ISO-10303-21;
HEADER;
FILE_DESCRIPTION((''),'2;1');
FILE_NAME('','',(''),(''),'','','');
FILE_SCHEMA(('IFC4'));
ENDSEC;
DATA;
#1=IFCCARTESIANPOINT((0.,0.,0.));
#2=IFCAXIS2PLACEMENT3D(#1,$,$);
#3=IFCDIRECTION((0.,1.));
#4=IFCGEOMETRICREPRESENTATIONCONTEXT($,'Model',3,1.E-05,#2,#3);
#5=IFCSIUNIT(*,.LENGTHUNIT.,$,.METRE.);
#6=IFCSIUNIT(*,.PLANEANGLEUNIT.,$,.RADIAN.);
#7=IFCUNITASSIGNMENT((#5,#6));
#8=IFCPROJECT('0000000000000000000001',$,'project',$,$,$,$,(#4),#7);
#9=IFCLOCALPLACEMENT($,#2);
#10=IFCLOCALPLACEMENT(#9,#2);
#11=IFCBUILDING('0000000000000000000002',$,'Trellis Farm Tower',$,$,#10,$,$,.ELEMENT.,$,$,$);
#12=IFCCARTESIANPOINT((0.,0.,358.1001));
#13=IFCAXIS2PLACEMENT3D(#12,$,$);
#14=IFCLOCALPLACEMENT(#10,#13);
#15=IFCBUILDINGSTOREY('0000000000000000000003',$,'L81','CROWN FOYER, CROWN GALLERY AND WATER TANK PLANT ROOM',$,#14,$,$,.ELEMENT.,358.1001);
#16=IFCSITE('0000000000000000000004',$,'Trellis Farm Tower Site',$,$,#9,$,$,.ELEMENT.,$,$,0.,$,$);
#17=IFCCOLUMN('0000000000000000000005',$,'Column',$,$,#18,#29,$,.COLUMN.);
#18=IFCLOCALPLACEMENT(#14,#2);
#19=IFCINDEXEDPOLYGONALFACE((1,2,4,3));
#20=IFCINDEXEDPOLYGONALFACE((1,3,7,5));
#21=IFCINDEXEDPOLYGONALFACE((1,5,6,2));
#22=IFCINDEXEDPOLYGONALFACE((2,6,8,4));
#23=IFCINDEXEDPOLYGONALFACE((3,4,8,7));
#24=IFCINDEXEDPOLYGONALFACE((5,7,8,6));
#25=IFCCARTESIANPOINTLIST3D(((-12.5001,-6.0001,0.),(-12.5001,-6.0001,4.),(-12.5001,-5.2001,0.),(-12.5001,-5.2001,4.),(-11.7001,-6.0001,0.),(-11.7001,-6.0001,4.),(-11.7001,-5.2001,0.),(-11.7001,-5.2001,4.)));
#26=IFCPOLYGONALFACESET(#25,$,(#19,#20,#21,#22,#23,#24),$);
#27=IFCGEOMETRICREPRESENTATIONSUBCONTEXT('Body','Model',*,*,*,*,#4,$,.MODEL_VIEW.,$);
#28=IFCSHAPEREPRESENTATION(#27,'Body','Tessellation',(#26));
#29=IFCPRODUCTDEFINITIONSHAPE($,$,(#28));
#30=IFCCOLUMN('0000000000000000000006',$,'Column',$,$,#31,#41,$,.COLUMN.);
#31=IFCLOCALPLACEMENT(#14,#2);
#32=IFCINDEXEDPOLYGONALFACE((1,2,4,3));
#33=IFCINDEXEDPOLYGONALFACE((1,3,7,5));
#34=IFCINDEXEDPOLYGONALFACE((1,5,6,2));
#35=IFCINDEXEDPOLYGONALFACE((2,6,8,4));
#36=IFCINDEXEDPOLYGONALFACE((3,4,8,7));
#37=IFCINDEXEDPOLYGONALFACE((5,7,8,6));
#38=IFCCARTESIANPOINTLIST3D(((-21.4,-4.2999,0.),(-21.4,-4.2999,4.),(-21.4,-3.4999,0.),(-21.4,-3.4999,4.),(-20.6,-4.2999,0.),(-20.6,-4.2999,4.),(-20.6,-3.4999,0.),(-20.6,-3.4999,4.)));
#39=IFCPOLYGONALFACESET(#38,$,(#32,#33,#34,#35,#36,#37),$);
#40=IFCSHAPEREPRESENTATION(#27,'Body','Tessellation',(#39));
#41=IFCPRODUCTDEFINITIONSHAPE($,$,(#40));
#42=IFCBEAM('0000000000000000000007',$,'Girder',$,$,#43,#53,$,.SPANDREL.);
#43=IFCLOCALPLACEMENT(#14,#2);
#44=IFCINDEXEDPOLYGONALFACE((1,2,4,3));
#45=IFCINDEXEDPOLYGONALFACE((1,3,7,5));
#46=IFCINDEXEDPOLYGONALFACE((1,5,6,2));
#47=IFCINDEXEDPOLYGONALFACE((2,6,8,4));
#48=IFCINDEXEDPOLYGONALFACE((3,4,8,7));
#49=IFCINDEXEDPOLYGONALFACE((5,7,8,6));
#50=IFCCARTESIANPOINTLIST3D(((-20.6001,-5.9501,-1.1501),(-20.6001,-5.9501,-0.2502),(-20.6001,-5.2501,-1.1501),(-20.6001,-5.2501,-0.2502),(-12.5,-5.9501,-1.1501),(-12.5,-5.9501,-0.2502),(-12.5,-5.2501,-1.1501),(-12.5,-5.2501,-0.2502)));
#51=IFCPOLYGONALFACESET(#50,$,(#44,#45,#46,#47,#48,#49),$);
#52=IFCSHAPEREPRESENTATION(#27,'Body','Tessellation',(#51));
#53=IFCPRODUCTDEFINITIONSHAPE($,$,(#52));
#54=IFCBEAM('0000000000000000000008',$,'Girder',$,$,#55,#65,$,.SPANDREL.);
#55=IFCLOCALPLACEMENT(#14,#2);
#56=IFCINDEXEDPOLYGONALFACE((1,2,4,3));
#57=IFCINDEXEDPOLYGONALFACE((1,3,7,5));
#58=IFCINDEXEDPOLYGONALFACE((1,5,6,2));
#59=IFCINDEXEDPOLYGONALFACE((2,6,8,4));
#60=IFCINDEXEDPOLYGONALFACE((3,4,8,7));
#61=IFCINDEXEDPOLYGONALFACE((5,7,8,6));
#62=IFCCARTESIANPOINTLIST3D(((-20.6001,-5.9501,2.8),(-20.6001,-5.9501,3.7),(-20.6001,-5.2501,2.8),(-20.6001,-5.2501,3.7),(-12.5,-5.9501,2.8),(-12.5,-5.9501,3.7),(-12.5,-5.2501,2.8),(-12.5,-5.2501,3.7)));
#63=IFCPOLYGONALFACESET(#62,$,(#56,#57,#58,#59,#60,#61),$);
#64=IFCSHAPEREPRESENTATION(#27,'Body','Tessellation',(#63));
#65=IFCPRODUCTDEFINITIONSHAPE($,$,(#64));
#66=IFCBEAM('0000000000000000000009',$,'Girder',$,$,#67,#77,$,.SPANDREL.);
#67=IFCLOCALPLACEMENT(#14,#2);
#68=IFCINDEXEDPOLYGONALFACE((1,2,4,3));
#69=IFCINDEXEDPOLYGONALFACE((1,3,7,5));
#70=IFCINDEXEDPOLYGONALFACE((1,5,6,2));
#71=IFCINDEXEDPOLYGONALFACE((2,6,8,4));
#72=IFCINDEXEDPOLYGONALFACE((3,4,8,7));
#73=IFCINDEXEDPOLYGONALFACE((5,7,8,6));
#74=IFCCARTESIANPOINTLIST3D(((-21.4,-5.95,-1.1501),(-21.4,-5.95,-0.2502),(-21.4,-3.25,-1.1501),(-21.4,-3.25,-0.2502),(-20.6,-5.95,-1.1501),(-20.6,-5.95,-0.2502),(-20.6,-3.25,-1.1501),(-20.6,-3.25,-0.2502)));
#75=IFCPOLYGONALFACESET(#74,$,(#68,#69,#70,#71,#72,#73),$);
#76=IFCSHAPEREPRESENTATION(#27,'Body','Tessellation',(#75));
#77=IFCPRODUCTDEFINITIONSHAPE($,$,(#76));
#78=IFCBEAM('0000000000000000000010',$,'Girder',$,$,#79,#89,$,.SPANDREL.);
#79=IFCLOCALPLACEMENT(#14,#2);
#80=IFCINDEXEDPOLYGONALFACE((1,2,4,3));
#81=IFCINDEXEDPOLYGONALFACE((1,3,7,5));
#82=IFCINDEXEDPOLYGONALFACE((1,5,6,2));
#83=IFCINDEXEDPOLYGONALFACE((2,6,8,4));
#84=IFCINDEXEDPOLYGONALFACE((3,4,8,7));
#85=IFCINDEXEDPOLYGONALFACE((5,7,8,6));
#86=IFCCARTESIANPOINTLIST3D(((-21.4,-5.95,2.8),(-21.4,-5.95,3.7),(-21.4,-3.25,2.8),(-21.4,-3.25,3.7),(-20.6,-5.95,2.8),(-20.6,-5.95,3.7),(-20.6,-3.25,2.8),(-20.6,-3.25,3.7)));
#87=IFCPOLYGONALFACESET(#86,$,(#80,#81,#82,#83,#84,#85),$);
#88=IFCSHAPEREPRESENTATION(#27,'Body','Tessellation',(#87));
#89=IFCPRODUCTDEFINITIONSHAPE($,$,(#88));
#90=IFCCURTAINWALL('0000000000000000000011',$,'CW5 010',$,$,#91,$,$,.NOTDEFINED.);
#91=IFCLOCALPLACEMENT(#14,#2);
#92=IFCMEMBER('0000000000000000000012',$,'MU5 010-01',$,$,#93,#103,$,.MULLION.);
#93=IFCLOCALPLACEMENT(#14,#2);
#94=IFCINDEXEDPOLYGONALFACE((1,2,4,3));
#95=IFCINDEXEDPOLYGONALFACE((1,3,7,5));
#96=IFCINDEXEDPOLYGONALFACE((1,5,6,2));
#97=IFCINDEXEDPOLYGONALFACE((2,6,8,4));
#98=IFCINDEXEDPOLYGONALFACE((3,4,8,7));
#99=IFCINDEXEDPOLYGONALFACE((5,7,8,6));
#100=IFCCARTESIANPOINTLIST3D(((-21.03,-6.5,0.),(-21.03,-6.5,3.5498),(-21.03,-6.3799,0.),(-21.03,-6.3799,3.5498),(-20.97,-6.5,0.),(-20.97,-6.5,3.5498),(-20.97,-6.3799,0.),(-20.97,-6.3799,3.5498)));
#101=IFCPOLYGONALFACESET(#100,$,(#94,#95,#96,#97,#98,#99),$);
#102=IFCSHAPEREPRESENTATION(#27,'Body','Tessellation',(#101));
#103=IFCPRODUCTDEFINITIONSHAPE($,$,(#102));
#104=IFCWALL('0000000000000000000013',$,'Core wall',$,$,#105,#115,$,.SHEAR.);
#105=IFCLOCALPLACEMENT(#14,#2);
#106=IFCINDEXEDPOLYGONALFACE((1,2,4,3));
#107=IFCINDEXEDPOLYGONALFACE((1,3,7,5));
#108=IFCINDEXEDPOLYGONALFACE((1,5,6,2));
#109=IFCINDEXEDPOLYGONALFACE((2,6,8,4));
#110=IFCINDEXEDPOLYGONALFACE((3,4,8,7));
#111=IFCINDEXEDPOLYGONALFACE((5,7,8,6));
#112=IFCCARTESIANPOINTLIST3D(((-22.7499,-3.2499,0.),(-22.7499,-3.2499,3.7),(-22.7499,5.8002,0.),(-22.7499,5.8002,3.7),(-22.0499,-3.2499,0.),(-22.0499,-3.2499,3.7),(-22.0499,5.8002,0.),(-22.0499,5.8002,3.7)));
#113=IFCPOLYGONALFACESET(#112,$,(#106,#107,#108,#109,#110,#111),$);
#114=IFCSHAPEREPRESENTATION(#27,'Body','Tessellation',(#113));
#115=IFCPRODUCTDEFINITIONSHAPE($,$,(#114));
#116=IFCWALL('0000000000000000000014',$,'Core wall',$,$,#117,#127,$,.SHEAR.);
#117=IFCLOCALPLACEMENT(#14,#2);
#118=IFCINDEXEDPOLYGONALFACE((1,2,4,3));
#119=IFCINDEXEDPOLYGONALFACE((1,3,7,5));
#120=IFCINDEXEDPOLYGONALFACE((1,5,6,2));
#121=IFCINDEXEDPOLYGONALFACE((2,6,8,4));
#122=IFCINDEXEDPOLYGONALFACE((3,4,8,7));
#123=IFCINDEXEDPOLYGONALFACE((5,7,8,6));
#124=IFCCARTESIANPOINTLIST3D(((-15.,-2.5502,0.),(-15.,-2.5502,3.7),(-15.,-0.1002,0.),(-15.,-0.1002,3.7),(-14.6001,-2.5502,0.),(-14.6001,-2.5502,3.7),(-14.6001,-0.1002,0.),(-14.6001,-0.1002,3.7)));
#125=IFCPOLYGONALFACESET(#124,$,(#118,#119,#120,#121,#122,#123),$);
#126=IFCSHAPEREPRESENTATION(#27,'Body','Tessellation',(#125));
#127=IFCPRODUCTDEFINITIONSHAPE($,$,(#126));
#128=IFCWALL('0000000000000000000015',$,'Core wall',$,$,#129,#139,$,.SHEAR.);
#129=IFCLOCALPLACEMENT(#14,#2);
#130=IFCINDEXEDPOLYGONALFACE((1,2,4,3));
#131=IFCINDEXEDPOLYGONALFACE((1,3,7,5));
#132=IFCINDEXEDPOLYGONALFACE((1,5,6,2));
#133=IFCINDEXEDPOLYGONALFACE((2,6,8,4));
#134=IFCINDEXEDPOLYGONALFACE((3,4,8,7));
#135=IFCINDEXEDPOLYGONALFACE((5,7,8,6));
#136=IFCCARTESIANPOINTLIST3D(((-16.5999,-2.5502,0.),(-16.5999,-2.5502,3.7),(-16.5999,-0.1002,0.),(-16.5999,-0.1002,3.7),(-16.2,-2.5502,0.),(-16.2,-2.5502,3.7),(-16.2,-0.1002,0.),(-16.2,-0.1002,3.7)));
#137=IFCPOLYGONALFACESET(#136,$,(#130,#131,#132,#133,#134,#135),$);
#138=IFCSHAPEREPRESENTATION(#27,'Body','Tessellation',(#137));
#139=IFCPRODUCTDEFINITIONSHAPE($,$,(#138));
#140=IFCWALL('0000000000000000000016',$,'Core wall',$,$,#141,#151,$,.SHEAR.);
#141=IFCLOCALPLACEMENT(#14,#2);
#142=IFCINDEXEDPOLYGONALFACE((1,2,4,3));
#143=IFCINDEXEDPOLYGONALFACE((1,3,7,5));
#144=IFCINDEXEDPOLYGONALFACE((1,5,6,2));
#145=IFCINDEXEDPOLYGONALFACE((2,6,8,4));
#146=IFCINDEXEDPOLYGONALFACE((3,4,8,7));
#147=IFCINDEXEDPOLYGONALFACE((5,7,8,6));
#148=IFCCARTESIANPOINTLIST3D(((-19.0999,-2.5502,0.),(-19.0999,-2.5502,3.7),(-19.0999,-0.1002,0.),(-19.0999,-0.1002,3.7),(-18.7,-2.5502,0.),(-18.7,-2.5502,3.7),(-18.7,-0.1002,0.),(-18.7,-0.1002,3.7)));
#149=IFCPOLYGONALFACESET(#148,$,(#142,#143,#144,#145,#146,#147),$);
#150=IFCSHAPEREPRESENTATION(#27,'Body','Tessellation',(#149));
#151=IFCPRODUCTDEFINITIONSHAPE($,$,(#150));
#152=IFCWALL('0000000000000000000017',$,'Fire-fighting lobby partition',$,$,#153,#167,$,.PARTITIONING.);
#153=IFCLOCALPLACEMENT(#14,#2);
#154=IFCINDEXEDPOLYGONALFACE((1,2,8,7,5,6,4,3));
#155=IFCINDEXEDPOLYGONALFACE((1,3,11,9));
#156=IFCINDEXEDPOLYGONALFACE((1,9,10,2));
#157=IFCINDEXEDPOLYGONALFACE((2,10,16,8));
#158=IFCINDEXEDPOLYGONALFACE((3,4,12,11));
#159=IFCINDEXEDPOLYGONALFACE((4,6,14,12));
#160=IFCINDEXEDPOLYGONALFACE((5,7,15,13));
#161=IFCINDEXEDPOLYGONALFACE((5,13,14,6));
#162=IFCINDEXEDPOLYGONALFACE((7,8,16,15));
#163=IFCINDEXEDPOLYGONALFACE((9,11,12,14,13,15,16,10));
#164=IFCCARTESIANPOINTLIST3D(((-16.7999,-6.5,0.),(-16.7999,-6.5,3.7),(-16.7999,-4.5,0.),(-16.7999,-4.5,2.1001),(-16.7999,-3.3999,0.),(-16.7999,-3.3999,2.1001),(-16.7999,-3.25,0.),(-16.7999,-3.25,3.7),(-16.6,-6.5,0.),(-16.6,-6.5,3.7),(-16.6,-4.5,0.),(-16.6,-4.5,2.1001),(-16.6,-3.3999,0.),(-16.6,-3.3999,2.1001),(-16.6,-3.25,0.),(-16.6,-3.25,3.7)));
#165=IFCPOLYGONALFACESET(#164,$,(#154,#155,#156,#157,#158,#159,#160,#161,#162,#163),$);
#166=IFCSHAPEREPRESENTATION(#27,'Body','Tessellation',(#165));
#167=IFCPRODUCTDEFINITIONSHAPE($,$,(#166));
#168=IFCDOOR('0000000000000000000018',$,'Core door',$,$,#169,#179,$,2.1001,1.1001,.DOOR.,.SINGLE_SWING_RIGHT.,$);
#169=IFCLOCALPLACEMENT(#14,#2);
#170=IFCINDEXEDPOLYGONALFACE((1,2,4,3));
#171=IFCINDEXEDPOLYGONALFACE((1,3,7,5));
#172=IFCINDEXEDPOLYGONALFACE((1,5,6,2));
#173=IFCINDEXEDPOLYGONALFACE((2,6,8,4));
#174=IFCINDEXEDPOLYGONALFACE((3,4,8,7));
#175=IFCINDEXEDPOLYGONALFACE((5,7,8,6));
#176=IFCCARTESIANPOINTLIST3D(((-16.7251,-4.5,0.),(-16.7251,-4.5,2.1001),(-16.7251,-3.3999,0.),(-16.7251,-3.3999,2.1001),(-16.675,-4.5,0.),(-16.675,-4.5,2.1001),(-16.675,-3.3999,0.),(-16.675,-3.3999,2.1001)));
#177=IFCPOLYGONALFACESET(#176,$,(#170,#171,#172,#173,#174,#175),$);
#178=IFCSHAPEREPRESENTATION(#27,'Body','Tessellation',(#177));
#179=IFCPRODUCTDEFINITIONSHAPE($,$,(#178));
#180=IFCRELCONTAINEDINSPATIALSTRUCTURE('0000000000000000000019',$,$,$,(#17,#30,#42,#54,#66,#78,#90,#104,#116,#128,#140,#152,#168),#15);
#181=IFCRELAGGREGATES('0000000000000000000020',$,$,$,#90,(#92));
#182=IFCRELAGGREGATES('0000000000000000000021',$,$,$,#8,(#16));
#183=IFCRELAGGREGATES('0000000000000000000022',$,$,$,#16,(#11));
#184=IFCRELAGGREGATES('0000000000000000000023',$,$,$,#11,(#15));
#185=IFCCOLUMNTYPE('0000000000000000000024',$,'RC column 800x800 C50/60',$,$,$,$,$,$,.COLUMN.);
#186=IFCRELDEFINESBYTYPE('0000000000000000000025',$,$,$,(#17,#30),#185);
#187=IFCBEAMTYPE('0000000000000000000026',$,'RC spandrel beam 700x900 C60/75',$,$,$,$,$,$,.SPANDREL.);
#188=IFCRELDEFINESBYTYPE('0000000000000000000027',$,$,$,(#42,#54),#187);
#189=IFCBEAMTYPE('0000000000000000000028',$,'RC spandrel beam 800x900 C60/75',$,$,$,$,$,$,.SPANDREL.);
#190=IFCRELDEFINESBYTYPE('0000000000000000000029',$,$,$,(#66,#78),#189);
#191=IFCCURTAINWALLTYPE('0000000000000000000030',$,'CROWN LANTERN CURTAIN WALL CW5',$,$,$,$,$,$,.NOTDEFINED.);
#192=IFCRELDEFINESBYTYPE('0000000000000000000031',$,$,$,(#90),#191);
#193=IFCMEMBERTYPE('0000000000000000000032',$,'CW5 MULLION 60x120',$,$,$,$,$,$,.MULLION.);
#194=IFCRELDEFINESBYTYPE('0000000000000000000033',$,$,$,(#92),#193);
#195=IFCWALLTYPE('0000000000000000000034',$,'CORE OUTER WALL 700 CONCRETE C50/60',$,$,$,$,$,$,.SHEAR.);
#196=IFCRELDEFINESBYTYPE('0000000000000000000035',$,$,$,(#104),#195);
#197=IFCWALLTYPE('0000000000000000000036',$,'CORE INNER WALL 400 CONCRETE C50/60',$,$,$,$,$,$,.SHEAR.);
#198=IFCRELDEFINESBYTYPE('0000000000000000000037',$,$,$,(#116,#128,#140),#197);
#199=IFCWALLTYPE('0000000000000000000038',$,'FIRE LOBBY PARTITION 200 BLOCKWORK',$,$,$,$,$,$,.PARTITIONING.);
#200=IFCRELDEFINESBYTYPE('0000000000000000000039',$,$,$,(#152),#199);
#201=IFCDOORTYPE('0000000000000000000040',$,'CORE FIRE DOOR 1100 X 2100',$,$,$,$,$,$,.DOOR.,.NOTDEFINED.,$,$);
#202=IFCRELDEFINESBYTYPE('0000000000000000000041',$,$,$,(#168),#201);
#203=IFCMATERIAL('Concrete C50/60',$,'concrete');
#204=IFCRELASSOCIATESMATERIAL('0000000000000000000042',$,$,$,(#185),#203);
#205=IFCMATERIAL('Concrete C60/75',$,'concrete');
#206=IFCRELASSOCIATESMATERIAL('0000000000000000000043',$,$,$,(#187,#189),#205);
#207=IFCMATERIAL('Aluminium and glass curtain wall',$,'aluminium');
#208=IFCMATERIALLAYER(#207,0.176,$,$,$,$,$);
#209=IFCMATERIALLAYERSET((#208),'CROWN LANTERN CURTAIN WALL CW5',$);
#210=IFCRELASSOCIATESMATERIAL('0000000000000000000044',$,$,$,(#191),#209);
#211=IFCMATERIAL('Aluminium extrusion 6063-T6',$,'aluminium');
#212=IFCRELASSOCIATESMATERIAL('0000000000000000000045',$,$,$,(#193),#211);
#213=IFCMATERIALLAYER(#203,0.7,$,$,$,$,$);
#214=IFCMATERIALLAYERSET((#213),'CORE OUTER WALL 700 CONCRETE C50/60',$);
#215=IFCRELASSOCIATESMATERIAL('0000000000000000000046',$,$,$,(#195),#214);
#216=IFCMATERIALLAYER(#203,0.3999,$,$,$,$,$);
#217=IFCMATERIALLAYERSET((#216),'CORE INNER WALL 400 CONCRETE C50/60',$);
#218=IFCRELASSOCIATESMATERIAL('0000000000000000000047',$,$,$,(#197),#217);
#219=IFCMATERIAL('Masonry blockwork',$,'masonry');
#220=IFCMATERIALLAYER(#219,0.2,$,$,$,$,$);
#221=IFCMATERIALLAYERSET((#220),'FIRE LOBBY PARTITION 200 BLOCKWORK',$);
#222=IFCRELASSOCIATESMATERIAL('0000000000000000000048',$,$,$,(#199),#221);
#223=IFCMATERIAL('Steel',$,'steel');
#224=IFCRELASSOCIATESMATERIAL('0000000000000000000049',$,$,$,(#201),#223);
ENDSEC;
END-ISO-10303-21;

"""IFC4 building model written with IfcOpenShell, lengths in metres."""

from ifc_helpers import new_model, si_unit, direction, frame, frame_2d, origin, origin_2d, place, context, subcontext, project, spatial, rectangle, extrude, source, transform, mapped, material, layer, layer_set, material_profile, profile_set, type_object, element, fill, aggregate, save


model = new_model("IFC4")

# Units and contexts
model_context = context("Model", 3, precision=1e-05, world=origin(), true_north=direction((0.0, 1.0)))
body_context = subcontext(model_context, "Body", "Model", "MODEL_VIEW")
ifc_project = project(units=[si_unit("LENGTHUNIT", "METRE"), si_unit("PLANEANGLEUNIT", "RADIAN")], contexts=[model_context])

# Site, building, storey
site_placement = place(None, origin())
site = spatial("IfcSite", under=ifc_project, at=site_placement, Name="Trellis Farm Tower Site", CompositionType="ELEMENT", RefElevation=0.0)
building_placement = place(site_placement, origin())
building = spatial("IfcBuilding", under=site, at=building_placement, Name="Trellis Farm Tower", CompositionType="ELEMENT")
storey_placement = place(building_placement, frame((0.0, 0.0, 358.1001)))
storey = spatial("IfcBuildingStorey", under=building, at=storey_placement, Name="L81", Description="CROWN FOYER, CROWN GALLERY AND WATER TANK PLANT ROOM", CompositionType="ELEMENT", Elevation=358.1001)

# Columns
ifc_material_1 = material(Name="Concrete C50/60", Category="concrete")
ifc_material_profile_1 = material_profile(ifc_material_1, rectangle(XDim=0.8, YDim=0.8, at=origin_2d()), Name="RC column 800x800 C50/60")
ifc_profile_set_1 = profile_set([ifc_material_profile_1], Name="Concrete C50/60")
column_type = type_object("IfcColumnType", Name="RC column 800x800 C50/60", PredefinedType="COLUMN", material=ifc_profile_set_1)
shared_shape_1 = source(origin(), body_context, "Body", "SweptSolid", [
    extrude(rectangle(XDim=0.8, YDim=0.8, at=origin_2d()), origin(), (0.0, 0.0, 1.0), 4.0),
])
for number, where, z_axis, x_axis, name in (
    (1, (-12.1001, -5.6001, 0.0), (0.0, 0.0, 1.0), (1.0, 0.0, 0.0), "Column"),
    (2, (-21.0, -3.8999, 0.0), (0.0, 0.0, 1.0), (1.0, 0.0, 0.0), "Column"),
):
    element("IfcColumn", number, at=place(storey_placement, frame(where, z_axis=z_axis, x_axis=x_axis)), inside=storey, type_object=column_type, Name=name, PredefinedType="COLUMN", context=body_context, shape_type="MappedRepresentation", body=[
        mapped(shared_shape_1, transform((0.0, 0.0, 0.0))),
    ])

# Beams
ifc_material_2 = material(Name="Concrete C60/75", Category="concrete")
ifc_material_profile_2 = material_profile(ifc_material_2, rectangle(XDim=0.7, YDim=0.8999, at=origin_2d()), Name="RC spandrel beam 700x900 C60/75")
ifc_profile_set_2 = profile_set([ifc_material_profile_2], Name="Concrete C60/75")
beam_type_1 = type_object("IfcBeamType", Name="RC spandrel beam 700x900 C60/75", PredefinedType="SPANDREL", material=ifc_profile_set_2)
shared_shape_2 = source(origin(), body_context, "Body", "SweptSolid", [
    extrude(rectangle(XDim=0.7, YDim=0.8999, at=origin_2d()), origin(), (0.0, 0.0, 1.0), 8.1001),
])
for number, where, z_axis, x_axis, name in (
    (3, (-20.6001, -5.6001, -0.7002), (1.0, 0.0, 0.0), (0.0, 1.0, 0.0), "Girder"),
    (4, (-20.6001, -5.6001, 3.25), (1.0, 0.0, 0.0), (0.0, 1.0, 0.0), "Girder"),
):
    element("IfcBeam", number, at=place(storey_placement, frame(where, z_axis=z_axis, x_axis=x_axis)), inside=storey, type_object=beam_type_1, Name=name, PredefinedType="SPANDREL", context=body_context, shape_type="MappedRepresentation", body=[
        mapped(shared_shape_2, transform((0.0, 0.0, 0.0))),
    ])
ifc_material_profile_3 = material_profile(ifc_material_2, rectangle(XDim=0.8, YDim=0.8999, at=origin_2d()), Name="RC spandrel beam 800x900 C60/75")
ifc_profile_set_3 = profile_set([ifc_material_profile_3], Name="Concrete C60/75")
beam_type_2 = type_object("IfcBeamType", Name="RC spandrel beam 800x900 C60/75", PredefinedType="SPANDREL", material=ifc_profile_set_3)
shared_shape_3 = source(origin(), body_context, "Body", "SweptSolid", [
    extrude(rectangle(XDim=0.8, YDim=0.8999, at=origin_2d()), origin(), (0.0, 0.0, 1.0), 2.7),
])
for number, where, z_axis, x_axis, name in (
    (5, (-21.0, -5.95, -0.7002), (0.0, 1.0, 0.0), (-1.0, 0.0, 0.0), "Girder"),
    (6, (-21.0, -5.95, 3.25), (0.0, 1.0, 0.0), (-1.0, 0.0, 0.0), "Girder"),
):
    element("IfcBeam", number, at=place(storey_placement, frame(where, z_axis=z_axis, x_axis=x_axis)), inside=storey, type_object=beam_type_2, Name=name, PredefinedType="SPANDREL", context=body_context, shape_type="MappedRepresentation", body=[
        mapped(shared_shape_3, transform((0.0, 0.0, 0.0))),
    ])

# Curtain wall, member
ifc_material_3 = material(Name="Aluminium and glass curtain wall", Category="aluminium")
ifc_layer_1 = layer(ifc_material_3, 0.176)
ifc_layer_set_1 = layer_set([ifc_layer_1], Name="CROWN LANTERN CURTAIN WALL CW5")
curtain_wall_type = type_object("IfcCurtainWallType", Name="CROWN LANTERN CURTAIN WALL CW5", PredefinedType="NOTDEFINED", material=ifc_layer_set_1)
curtain_wall_placement = place(storey_placement, origin())
curtain_wall = element("IfcCurtainWall", 7, at=curtain_wall_placement, inside=storey, type_object=curtain_wall_type, Name="CW5 010", PredefinedType="NOTDEFINED")
ifc_material_4 = material(Name="Aluminium extrusion 6063-T6", Category="aluminium")
ifc_material_profile_4 = material_profile(ifc_material_4, rectangle(XDim=0.0601, YDim=0.1201, at=origin_2d()), Name="MULLION 60x120")
ifc_profile_set_4 = profile_set([ifc_material_profile_4], Name="Aluminium extrusion 6063-T6")
member_type = type_object("IfcMemberType", Name="CW5 MULLION 60x120", PredefinedType="MULLION", material=ifc_profile_set_4)
shared_shape_4 = source(origin(), body_context, "Body", "SweptSolid", [
    extrude(rectangle(XDim=0.0601, YDim=0.1201, at=origin_2d()), origin(), (0.0, 0.0, 1.0), 3.5498),
])
member_placement = place(storey_placement, frame((-21.0, -6.4399, 0.0), z_axis=(0.0, 0.0, 1.0), x_axis=(1.0, 0.0, 0.0)))
member = element("IfcMember", 8, at=member_placement, type_object=member_type, Name="MU5 010-01", PredefinedType="MULLION", context=body_context, shape_type="MappedRepresentation", body=[
    mapped(shared_shape_4, transform((0.0, 0.0, 0.0))),
])
aggregate(curtain_wall, [member])

# Walls
ifc_layer_2 = layer(ifc_material_1, 0.7)
ifc_layer_set_2 = layer_set([ifc_layer_2], Name="CORE OUTER WALL 700 CONCRETE C50/60")
wall_type_1 = type_object("IfcWallType", Name="CORE OUTER WALL 700 CONCRETE C50/60", PredefinedType="SHEAR", material=ifc_layer_set_2)
shared_shape_5 = source(origin(), body_context, "Body", "SweptSolid", [
    extrude(rectangle(XDim=9.05, YDim=0.7, at=frame_2d((4.5249, 0.0))), origin(), (0.0, 0.0, 1.0), 3.7),
])
wall_1_placement = place(storey_placement, frame((-22.3999, 5.8, 0.0), z_axis=(0.0, 0.0, 1.0), x_axis=(0.0, -1.0, 0.0)))
element("IfcWall", 9, at=wall_1_placement, inside=storey, type_object=wall_type_1, Name="Core wall", PredefinedType="SHEAR", context=body_context, shape_type="MappedRepresentation", body=[
    mapped(shared_shape_5, transform((0.0, 0.0, 0.0))),
])
ifc_layer_3 = layer(ifc_material_1, 0.3999)
ifc_layer_set_3 = layer_set([ifc_layer_3], Name="CORE INNER WALL 400 CONCRETE C50/60")
wall_type_2 = type_object("IfcWallType", Name="CORE INNER WALL 400 CONCRETE C50/60", PredefinedType="SHEAR", material=ifc_layer_set_3)
shared_shape_6 = source(origin(), body_context, "Body", "SweptSolid", [
    extrude(rectangle(XDim=2.45, YDim=0.3999, at=frame_2d((1.2251, 0.0))), origin(), (0.0, 0.0, 1.0), 3.7),
])
for number, where, z_axis, x_axis, name in (
    (10, (-14.8, -0.1001, 0.0), (0.0, 0.0, 1.0), (0.0, -1.0, 0.0), "Core wall"),
    (11, (-16.3999, -0.1001, 0.0), (0.0, 0.0, 1.0), (0.0, -1.0, 0.0), "Core wall"),
    (12, (-18.8999, -0.1001, 0.0), (0.0, 0.0, 1.0), (0.0, -1.0, 0.0), "Core wall"),
):
    element("IfcWall", number, at=place(storey_placement, frame(where, z_axis=z_axis, x_axis=x_axis)), inside=storey, type_object=wall_type_2, Name=name, PredefinedType="SHEAR", context=body_context, shape_type="MappedRepresentation", body=[
        mapped(shared_shape_6, transform((0.0, 0.0, 0.0))),
    ])

# Wall, opening, door
ifc_material_5 = material(Name="Masonry blockwork", Category="masonry")
ifc_layer_4 = layer(ifc_material_5, 0.2)
ifc_layer_set_4 = layer_set([ifc_layer_4], Name="FIRE LOBBY PARTITION 200 BLOCKWORK")
wall_type_3 = type_object("IfcWallType", Name="FIRE LOBBY PARTITION 200 BLOCKWORK", PredefinedType="PARTITIONING", material=ifc_layer_set_4)
shared_shape_7 = source(origin(), body_context, "Body", "SweptSolid", [
    extrude(rectangle(XDim=3.25, YDim=0.2, at=frame_2d((1.625, 0.0))), origin(), (0.0, 0.0, 1.0), 3.7),
])
wall_2_placement = place(storey_placement, frame((-16.7, -3.25, 0.0), z_axis=(0.0, 0.0, 1.0), x_axis=(0.0, -1.0, 0.0)))
wall_2 = element("IfcWall", 13, at=wall_2_placement, inside=storey, type_object=wall_type_3, Name="Fire-fighting lobby partition", PredefinedType="PARTITIONING", context=body_context, shape_type="MappedRepresentation", body=[
    mapped(shared_shape_7, transform((0.0, 0.0, 0.0))),
])
shared_shape_8 = source(origin(), body_context, "Body", "SweptSolid", [
    extrude(rectangle(XDim=1.1001, YDim=2.1001, at=frame_2d((0.55, 1.05))), frame((0.0, 0.1101, 0.0), z_axis=(0.0, -1.0, 0.0), x_axis=(1.0, 0.0, 0.0)), (0.0, 0.0, 1.0), 0.2202),
])
opening_1_placement = place(wall_2_placement, frame((0.1499, 0.0, 0.0)))
opening_1 = element("IfcOpeningElement", 14, at=opening_1_placement, cuts=wall_2, PredefinedType="OPENING", context=body_context, shape_type="MappedRepresentation", body=[
    mapped(shared_shape_8, transform((0.0, 0.0, 0.0))),
])
ifc_material_6 = material(Name="Steel", Category="steel")
door_type = type_object("IfcDoorType", Name="CORE FIRE DOOR 1100 X 2100", OperationType="NOTDEFINED", PredefinedType="DOOR", material=ifc_material_6)
shared_shape_9 = source(origin(), body_context, "Body", "SweptSolid", [
    extrude(rectangle(XDim=1.1001, YDim=2.1001, at=frame_2d((0.55, 1.05))), frame((0.0, 0.0249, 0.0), z_axis=(0.0, -1.0, 0.0), x_axis=(1.0, 0.0, 0.0)), (0.0, 0.0, 1.0), 0.05),
])
door_1_placement = place(opening_1_placement, origin())
door_1 = element("IfcDoor", 15, at=door_1_placement, inside=storey, type_object=door_type, Name="Core door", OperationType="SINGLE_SWING_RIGHT", OverallHeight=2.1001, OverallWidth=1.1001, PredefinedType="DOOR", context=body_context, shape_type="MappedRepresentation", body=[
    mapped(shared_shape_9, transform((0.0, 0.0, 0.0))),
])
fill(opening_1, door_1)

save(model, "model.ifc")
